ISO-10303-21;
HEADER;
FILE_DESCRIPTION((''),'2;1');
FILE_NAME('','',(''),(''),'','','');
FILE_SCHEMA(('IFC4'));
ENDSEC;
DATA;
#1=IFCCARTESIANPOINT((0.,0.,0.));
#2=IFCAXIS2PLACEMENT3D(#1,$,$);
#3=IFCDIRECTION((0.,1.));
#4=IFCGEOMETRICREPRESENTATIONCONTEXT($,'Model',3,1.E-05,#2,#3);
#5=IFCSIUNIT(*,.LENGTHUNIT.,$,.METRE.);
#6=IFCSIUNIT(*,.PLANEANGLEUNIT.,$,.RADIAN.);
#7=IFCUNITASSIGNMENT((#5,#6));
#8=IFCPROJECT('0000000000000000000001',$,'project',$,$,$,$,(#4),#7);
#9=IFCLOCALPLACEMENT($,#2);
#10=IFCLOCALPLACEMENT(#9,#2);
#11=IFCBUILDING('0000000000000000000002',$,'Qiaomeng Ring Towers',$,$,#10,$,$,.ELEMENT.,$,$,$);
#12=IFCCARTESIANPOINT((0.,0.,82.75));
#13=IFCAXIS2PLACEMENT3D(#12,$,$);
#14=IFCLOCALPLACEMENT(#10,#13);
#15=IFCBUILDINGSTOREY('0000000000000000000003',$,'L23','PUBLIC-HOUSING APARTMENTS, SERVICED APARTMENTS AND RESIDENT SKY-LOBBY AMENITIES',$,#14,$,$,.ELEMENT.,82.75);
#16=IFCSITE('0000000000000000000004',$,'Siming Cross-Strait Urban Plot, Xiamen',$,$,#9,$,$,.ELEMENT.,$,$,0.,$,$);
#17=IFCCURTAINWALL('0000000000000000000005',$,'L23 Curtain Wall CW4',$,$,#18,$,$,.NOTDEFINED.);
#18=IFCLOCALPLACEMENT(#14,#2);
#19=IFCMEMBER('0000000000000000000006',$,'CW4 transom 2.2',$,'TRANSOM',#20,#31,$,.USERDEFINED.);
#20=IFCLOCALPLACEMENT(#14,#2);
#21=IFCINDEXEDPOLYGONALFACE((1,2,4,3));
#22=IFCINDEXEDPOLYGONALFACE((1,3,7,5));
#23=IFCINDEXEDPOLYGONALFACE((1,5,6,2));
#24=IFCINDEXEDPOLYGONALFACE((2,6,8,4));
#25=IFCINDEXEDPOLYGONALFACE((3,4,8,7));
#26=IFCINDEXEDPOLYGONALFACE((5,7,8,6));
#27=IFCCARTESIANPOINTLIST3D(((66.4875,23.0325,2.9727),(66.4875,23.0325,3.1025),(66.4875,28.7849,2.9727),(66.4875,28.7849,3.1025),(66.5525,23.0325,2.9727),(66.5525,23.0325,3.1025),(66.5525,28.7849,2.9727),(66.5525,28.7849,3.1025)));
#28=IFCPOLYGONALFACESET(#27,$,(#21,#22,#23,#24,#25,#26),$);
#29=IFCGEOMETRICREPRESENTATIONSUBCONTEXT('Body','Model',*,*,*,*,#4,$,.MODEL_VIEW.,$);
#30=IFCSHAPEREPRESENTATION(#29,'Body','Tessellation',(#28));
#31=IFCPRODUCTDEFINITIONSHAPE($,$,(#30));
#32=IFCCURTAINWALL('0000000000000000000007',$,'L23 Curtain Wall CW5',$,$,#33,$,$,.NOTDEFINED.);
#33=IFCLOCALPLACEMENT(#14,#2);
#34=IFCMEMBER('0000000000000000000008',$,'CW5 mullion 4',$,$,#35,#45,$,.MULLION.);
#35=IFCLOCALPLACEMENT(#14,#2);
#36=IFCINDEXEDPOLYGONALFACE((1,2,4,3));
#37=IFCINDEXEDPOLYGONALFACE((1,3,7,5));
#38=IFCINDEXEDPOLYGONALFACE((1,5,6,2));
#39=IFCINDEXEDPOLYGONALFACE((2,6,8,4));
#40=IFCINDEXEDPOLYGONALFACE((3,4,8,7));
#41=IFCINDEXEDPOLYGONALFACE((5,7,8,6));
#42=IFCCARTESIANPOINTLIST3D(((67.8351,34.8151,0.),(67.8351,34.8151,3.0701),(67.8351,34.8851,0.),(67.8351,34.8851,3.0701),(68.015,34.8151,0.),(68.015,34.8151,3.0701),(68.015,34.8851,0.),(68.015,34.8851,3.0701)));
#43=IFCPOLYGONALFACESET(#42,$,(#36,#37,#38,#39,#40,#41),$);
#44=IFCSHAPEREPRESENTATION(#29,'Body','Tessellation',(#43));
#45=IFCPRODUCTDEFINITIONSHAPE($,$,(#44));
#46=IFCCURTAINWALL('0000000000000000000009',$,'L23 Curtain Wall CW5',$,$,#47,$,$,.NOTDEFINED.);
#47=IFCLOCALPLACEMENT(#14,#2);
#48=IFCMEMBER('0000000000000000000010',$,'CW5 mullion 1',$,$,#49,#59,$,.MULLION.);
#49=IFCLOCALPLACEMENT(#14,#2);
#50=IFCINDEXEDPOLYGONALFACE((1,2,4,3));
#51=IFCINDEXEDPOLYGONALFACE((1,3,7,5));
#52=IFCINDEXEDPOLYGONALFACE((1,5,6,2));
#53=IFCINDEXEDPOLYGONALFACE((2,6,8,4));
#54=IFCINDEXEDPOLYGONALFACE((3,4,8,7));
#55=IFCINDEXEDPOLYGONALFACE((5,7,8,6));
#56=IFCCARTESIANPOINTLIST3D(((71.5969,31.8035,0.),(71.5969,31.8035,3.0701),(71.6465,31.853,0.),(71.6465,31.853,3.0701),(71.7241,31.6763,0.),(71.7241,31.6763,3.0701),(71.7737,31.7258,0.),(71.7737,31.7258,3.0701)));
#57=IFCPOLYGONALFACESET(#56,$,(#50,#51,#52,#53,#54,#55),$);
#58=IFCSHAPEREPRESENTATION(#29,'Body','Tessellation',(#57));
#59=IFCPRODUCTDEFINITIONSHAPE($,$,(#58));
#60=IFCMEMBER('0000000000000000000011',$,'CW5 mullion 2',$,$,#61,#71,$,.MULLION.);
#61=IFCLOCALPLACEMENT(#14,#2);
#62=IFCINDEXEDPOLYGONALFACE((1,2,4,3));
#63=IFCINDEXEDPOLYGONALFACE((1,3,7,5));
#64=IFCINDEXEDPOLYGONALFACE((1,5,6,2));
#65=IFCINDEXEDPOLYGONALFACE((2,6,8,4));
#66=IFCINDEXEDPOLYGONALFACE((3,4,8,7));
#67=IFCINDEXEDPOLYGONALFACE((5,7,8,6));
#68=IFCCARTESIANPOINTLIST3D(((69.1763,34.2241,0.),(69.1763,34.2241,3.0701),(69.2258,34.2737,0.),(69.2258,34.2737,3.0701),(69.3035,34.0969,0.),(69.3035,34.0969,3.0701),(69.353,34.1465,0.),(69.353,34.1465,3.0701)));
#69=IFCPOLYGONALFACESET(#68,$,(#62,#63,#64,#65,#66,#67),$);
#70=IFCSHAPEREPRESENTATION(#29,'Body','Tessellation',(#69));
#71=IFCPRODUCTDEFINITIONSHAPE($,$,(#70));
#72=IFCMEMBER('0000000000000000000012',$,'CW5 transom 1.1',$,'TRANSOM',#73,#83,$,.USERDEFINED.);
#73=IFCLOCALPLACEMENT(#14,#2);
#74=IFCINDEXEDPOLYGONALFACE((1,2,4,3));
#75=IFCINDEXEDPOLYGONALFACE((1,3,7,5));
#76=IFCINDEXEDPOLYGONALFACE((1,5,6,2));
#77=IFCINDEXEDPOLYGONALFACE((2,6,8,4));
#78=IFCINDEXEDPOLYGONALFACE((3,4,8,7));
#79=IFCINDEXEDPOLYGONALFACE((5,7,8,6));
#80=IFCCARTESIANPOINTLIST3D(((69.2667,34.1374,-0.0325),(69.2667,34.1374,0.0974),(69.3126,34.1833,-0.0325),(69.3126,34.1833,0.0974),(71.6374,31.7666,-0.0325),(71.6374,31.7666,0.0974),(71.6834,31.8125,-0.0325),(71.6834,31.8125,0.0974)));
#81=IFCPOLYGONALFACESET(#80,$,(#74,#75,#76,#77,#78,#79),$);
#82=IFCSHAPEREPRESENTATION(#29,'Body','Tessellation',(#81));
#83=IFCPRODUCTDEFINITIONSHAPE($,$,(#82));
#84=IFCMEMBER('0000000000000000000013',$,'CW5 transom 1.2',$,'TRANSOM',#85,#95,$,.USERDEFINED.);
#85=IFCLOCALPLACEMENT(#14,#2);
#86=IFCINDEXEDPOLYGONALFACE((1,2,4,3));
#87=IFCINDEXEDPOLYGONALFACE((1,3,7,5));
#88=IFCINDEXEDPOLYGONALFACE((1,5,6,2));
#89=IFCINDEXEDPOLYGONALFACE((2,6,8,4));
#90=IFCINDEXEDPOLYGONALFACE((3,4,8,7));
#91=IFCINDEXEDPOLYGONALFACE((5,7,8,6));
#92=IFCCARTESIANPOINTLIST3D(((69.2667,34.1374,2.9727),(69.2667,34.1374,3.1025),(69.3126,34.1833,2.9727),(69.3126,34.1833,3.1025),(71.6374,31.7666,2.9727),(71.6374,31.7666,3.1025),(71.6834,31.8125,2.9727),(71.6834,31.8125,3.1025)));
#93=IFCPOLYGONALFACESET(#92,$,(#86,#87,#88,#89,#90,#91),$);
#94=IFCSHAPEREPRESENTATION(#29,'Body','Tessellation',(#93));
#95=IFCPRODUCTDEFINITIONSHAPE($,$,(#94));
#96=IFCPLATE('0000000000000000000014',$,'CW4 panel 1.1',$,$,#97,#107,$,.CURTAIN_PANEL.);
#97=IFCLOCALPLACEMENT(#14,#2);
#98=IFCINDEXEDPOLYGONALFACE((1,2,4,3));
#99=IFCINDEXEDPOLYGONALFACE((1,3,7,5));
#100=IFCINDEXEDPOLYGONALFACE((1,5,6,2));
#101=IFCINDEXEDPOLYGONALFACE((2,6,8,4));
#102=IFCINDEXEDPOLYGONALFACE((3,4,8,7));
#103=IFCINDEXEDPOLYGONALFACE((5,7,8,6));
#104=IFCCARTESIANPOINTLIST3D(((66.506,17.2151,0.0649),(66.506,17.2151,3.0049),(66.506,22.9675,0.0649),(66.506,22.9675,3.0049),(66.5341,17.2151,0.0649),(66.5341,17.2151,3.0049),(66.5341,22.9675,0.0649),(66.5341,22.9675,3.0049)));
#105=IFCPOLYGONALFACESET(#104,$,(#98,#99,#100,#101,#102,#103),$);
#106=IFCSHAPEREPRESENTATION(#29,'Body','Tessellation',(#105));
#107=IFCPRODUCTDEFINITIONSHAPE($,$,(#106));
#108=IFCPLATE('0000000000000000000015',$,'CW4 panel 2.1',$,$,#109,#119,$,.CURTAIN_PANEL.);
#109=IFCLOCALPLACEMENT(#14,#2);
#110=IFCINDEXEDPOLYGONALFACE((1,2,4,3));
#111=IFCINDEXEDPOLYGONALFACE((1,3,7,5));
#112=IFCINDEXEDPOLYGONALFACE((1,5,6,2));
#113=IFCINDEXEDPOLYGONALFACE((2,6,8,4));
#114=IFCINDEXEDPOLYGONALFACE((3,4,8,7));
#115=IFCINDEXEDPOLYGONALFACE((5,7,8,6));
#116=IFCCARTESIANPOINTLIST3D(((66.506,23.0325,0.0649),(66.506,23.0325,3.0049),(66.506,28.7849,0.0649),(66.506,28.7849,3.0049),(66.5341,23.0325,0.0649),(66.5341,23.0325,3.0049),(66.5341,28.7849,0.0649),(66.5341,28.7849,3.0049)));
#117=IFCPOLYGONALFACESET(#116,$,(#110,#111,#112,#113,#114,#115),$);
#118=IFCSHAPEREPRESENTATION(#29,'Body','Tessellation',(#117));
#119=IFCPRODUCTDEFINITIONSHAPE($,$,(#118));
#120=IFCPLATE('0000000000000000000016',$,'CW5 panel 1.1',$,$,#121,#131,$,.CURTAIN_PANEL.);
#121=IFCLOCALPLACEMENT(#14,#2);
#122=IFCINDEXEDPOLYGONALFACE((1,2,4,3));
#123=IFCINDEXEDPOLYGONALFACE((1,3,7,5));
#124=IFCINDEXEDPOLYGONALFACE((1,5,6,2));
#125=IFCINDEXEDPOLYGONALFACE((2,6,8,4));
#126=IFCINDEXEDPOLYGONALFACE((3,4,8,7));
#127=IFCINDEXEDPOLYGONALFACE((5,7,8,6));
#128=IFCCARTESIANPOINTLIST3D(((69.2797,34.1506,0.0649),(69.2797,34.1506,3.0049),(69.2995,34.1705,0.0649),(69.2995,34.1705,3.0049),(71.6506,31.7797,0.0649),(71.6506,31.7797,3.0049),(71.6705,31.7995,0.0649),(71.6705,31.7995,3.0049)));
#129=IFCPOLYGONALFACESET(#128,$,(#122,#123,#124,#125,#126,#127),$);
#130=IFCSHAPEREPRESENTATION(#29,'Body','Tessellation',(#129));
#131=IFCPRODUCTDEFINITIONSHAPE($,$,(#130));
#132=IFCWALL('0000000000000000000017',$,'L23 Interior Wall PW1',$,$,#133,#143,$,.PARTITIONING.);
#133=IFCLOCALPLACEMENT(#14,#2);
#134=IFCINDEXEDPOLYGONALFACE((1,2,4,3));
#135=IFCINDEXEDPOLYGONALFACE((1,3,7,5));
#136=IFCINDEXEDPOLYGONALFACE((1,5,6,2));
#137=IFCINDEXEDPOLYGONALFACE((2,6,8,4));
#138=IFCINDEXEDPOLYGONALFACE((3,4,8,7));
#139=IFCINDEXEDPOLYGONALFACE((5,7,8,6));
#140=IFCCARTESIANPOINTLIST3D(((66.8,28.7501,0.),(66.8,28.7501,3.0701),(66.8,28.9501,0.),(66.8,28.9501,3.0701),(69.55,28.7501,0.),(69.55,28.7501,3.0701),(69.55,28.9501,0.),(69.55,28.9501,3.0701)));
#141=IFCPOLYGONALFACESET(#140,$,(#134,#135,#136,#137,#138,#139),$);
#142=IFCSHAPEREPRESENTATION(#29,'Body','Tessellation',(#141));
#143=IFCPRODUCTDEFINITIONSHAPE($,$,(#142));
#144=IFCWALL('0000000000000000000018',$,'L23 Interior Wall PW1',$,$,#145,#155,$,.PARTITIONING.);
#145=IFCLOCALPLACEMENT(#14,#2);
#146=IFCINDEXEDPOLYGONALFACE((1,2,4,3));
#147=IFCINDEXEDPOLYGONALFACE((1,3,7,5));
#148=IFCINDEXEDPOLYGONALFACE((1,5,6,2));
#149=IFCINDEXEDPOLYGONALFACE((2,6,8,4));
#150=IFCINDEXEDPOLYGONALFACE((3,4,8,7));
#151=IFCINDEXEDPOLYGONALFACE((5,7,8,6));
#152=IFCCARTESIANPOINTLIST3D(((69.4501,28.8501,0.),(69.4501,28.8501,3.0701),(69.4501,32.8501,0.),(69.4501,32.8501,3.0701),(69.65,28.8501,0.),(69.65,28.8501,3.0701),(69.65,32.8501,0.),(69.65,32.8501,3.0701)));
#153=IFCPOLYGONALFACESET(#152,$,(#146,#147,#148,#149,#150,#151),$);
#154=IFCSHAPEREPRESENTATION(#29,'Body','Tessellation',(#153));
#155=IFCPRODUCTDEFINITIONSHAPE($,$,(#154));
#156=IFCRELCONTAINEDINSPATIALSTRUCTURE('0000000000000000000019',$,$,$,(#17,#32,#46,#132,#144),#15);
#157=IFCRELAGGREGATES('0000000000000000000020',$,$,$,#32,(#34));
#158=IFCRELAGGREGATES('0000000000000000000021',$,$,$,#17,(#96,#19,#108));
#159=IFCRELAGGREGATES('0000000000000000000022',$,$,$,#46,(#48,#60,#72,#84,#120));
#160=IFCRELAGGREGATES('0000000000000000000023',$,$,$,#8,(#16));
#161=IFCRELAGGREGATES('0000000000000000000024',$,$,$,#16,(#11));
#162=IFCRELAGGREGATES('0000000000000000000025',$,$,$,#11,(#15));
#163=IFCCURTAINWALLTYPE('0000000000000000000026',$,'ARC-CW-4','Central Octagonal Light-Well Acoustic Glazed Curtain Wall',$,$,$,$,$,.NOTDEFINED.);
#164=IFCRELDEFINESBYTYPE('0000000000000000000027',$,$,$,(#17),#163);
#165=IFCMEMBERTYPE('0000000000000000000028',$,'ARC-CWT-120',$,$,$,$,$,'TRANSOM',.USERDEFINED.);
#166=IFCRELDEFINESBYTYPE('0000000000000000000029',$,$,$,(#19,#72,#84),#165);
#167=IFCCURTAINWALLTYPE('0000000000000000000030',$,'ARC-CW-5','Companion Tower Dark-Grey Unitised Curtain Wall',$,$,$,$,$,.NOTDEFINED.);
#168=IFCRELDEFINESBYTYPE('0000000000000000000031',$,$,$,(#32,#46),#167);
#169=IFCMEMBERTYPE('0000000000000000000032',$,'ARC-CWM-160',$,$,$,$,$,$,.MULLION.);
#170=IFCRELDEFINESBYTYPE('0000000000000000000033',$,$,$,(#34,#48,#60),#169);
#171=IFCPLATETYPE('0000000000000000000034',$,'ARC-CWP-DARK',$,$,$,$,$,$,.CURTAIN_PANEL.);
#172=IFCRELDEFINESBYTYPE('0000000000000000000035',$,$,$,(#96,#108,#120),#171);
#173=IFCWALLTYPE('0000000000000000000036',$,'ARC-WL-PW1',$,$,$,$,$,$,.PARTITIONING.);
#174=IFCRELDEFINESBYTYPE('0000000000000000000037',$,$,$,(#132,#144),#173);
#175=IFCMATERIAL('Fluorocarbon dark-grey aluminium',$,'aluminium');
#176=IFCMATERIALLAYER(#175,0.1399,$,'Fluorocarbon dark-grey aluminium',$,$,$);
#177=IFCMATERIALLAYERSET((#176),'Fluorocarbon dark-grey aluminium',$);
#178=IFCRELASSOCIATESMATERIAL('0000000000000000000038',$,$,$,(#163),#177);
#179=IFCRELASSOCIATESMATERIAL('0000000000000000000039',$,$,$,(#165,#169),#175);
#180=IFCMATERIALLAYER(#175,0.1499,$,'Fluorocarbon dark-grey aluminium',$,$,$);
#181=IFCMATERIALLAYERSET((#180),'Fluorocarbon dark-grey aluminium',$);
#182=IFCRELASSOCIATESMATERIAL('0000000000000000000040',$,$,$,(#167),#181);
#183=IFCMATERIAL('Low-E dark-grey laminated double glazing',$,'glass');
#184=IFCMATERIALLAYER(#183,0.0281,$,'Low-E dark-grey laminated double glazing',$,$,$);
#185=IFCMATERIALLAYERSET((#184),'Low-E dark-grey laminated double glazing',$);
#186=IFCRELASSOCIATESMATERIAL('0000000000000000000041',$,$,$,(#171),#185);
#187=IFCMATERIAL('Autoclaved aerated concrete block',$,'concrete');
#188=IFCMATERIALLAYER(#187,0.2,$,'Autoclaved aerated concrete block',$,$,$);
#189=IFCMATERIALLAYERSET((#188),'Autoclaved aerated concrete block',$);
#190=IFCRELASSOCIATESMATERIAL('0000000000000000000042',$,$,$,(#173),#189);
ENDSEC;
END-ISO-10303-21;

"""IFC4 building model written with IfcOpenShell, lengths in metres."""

from ifc_helpers import new_model, si_unit, direction, frame, frame_2d, origin, origin_2d, place, context, subcontext, project, spatial, rectangle, extrude, source, transform, mapped, material, layer, layer_set, material_profile, profile_set, type_object, element, aggregate, save


model = new_model("IFC4")

# Units and contexts
model_context = context("Model", 3, precision=1e-05, world=origin(), true_north=direction((0.0, 1.0)))
body_context = subcontext(model_context, "Body", "Model", "MODEL_VIEW")
ifc_project = project(units=[si_unit("LENGTHUNIT", "METRE"), si_unit("PLANEANGLEUNIT", "RADIAN")], contexts=[model_context])

# Site, building, storey
site_placement = place(None, origin())
site = spatial("IfcSite", under=ifc_project, at=site_placement, Name="Siming Cross-Strait Urban Plot, Xiamen", CompositionType="ELEMENT", RefElevation=0.0)
building_placement = place(site_placement, origin())
building = spatial("IfcBuilding", under=site, at=building_placement, Name="Qiaomeng Ring Towers", CompositionType="ELEMENT")
storey_placement = place(building_placement, frame((0.0, 0.0, 82.75)))
storey = spatial("IfcBuildingStorey", under=building, at=storey_placement, Name="L23", Description="PUBLIC-HOUSING APARTMENTS, SERVICED APARTMENTS AND RESIDENT SKY-LOBBY AMENITIES", CompositionType="ELEMENT", Elevation=82.75)

# Curtain wall, member
ifc_material_1 = material(Name="Fluorocarbon dark-grey aluminium", Category="aluminium")
ifc_layer_1 = layer(ifc_material_1, 0.1399, Name="Fluorocarbon dark-grey aluminium")
ifc_layer_set_1 = layer_set([ifc_layer_1], Name="Fluorocarbon dark-grey aluminium")
curtain_wall_type_1 = type_object("IfcCurtainWallType", Name="ARC-CW-4", Description="Central Octagonal Light-Well Acoustic Glazed Curtain Wall", PredefinedType="NOTDEFINED", material=ifc_layer_set_1)
curtain_wall_1_placement = place(storey_placement, origin())
curtain_wall_1 = element("IfcCurtainWall", 1, at=curtain_wall_1_placement, inside=storey, type_object=curtain_wall_type_1, Name="L23 Curtain Wall CW4", PredefinedType="NOTDEFINED")
ifc_material_profile_1 = material_profile(ifc_material_1, rectangle(XDim=0.0649, YDim=0.1299, at=origin_2d()), Name="ALU TRAN 65x130")
ifc_profile_set_1 = profile_set([ifc_material_profile_1], Name="Fluorocarbon dark-grey aluminium")
member_type_1 = type_object("IfcMemberType", Name="ARC-CWT-120", ElementType="TRANSOM", PredefinedType="USERDEFINED", material=ifc_profile_set_1)
shared_shape_1 = source(origin(), body_context, "Body", "SweptSolid", [
    extrude(rectangle(XDim=0.0649, YDim=0.1299, at=origin_2d()), origin(), (0.0, 0.0, 1.0), 5.7524),
])
member_1_placement = place(storey_placement, frame((66.52, 23.0325, 3.0376), z_axis=(0.0, 1.0, 0.0), x_axis=(-1.0, 0.0, 0.0)))
member_1 = element("IfcMember", 2, at=member_1_placement, type_object=member_type_1, Name="CW4 transom 2.2", ObjectType="TRANSOM", PredefinedType="USERDEFINED", context=body_context, shape_type="MappedRepresentation", body=[
    mapped(shared_shape_1, transform((0.0, 0.0, 0.0), x_axis=(1.0, 0.0, 0.0), y_axis=(0.0, 1.0, 0.0), z_axis=(0.0, 0.0, 1.0), scale=1.0)),
])

# Curtain wall, member
ifc_layer_2 = layer(ifc_material_1, 0.1499, Name="Fluorocarbon dark-grey aluminium")
ifc_layer_set_2 = layer_set([ifc_layer_2], Name="Fluorocarbon dark-grey aluminium")
curtain_wall_type_2 = type_object("IfcCurtainWallType", Name="ARC-CW-5", Description="Companion Tower Dark-Grey Unitised Curtain Wall", PredefinedType="NOTDEFINED", material=ifc_layer_set_2)
curtain_wall_2_placement = place(storey_placement, origin())
curtain_wall_2 = element("IfcCurtainWall", 3, at=curtain_wall_2_placement, inside=storey, type_object=curtain_wall_type_2, Name="L23 Curtain Wall CW5", PredefinedType="NOTDEFINED")
ifc_material_profile_2 = material_profile(ifc_material_1, rectangle(XDim=0.0701, YDim=0.1799, at=origin_2d()), Name="ALU MULL 70x180")
ifc_profile_set_2 = profile_set([ifc_material_profile_2], Name="Fluorocarbon dark-grey aluminium")
member_type_2 = type_object("IfcMemberType", Name="ARC-CWM-160", PredefinedType="MULLION", material=ifc_profile_set_2)
shared_shape_2 = source(origin(), body_context, "Body", "SweptSolid", [
    extrude(rectangle(XDim=0.0701, YDim=0.1799, at=origin_2d()), origin(), (0.0, 0.0, 1.0), 3.0701),
])
member_2_placement = place(storey_placement, frame((67.925, 34.8501, 0.0), z_axis=(0.0, 0.0, 1.0), x_axis=(0.0, 1.0, 0.0)))
member_2 = element("IfcMember", 4, at=member_2_placement, type_object=member_type_2, Name="CW5 mullion 4", PredefinedType="MULLION", context=body_context, shape_type="MappedRepresentation", body=[
    mapped(shared_shape_2, transform((0.0, 0.0, 0.0), x_axis=(1.0, 0.0, 0.0), y_axis=(0.0, 1.0, 0.0), z_axis=(0.0, 0.0, 1.0), scale=1.0)),
])
aggregate(curtain_wall_2, [member_2])

# Curtain wall, members
curtain_wall_3_placement = place(storey_placement, origin())
curtain_wall_3 = element("IfcCurtainWall", 5, at=curtain_wall_3_placement, inside=storey, type_object=curtain_wall_type_2, Name="L23 Curtain Wall CW5", PredefinedType="NOTDEFINED")
member_3_placement = place(storey_placement, frame((71.6853, 31.7646, 0.0), z_axis=(0.0, 0.0, 1.0), x_axis=(-0.707107, -0.707107, 0.0)))
member_3 = element("IfcMember", 6, at=member_3_placement, type_object=member_type_2, Name="CW5 mullion 1", PredefinedType="MULLION", context=body_context, shape_type="MappedRepresentation", body=[
    mapped(shared_shape_2, transform((0.0, 0.0, 0.0), x_axis=(1.0, 0.0, 0.0), y_axis=(0.0, 1.0, 0.0), z_axis=(0.0, 0.0, 1.0), scale=1.0)),
])
member_4_placement = place(storey_placement, frame((69.2646, 34.1853, 0.0), z_axis=(0.0, 0.0, 1.0), x_axis=(-0.707107, -0.707107, 0.0)))
member_4 = element("IfcMember", 7, at=member_4_placement, type_object=member_type_2, Name="CW5 mullion 2", PredefinedType="MULLION", context=body_context, shape_type="MappedRepresentation", body=[
    mapped(shared_shape_2, transform((0.0, 0.0, 0.0), x_axis=(1.0, 0.0, 0.0), y_axis=(0.0, 1.0, 0.0), z_axis=(0.0, 0.0, 1.0), scale=1.0)),
])
shared_shape_3 = source(origin(), body_context, "Body", "SweptSolid", [
    extrude(rectangle(XDim=0.0649, YDim=0.1299, at=origin_2d()), origin(), (0.0, 0.0, 1.0), 3.3528),
])
member_5_placement = place(storey_placement, frame((71.6604, 31.7896, 0.0325), z_axis=(-0.707107, 0.707107, 0.0), x_axis=(-0.707107, -0.707107, 0.0)))
member_5 = element("IfcMember", 8, at=member_5_placement, type_object=member_type_1, Name="CW5 transom 1.1", ObjectType="TRANSOM", PredefinedType="USERDEFINED", context=body_context, shape_type="MappedRepresentation", body=[
    mapped(shared_shape_3, transform((0.0, 0.0, 0.0), x_axis=(1.0, 0.0, 0.0), y_axis=(0.0, 1.0, 0.0), z_axis=(0.0, 0.0, 1.0), scale=1.0)),
])
member_6_placement = place(storey_placement, frame((71.6604, 31.7896, 3.0376), z_axis=(-0.707107, 0.707107, 0.0), x_axis=(-0.707107, -0.707107, 0.0)))
member_6 = element("IfcMember", 9, at=member_6_placement, type_object=member_type_1, Name="CW5 transom 1.2", ObjectType="TRANSOM", PredefinedType="USERDEFINED", context=body_context, shape_type="MappedRepresentation", body=[
    mapped(shared_shape_3, transform((0.0, 0.0, 0.0), x_axis=(1.0, 0.0, 0.0), y_axis=(0.0, 1.0, 0.0), z_axis=(0.0, 0.0, 1.0), scale=1.0)),
])

# Plates
ifc_material_2 = material(Name="Low-E dark-grey laminated double glazing", Category="glass")
ifc_layer_3 = layer(ifc_material_2, 0.0281, Name="Low-E dark-grey laminated double glazing")
ifc_layer_set_3 = layer_set([ifc_layer_3], Name="Low-E dark-grey laminated double glazing")
plate_type = type_object("IfcPlateType", Name="ARC-CWP-DARK", PredefinedType="CURTAIN_PANEL", material=ifc_layer_set_3)
shared_shape_4 = source(origin(), body_context, "Body", "SweptSolid", [
    extrude(rectangle(XDim=5.7524, YDim=0.0281, at=origin_2d()), origin(), (0.0, 0.0, 1.0), 2.9399),
])
plate_1_placement = place(storey_placement, frame((66.52, 20.0913, 0.0649), z_axis=(0.0, 0.0, 1.0), x_axis=(0.0, 1.0, 0.0)))
plate_1 = element("IfcPlate", 10, at=plate_1_placement, type_object=plate_type, Name="CW4 panel 1.1", PredefinedType="CURTAIN_PANEL", context=body_context, shape_type="MappedRepresentation", body=[
    mapped(shared_shape_4, transform((0.0, 0.0, 0.0), x_axis=(1.0, 0.0, 0.0), y_axis=(0.0, 1.0, 0.0), z_axis=(0.0, 0.0, 1.0), scale=1.0)),
])
plate_2_placement = place(storey_placement, frame((66.52, 25.9087, 0.0649), z_axis=(0.0, 0.0, 1.0), x_axis=(0.0, 1.0, 0.0)))
plate_2 = element("IfcPlate", 11, at=plate_2_placement, type_object=plate_type, Name="CW4 panel 2.1", PredefinedType="CURTAIN_PANEL", context=body_context, shape_type="MappedRepresentation", body=[
    mapped(shared_shape_4, transform((0.0, 0.0, 0.0), x_axis=(1.0, 0.0, 0.0), y_axis=(0.0, 1.0, 0.0), z_axis=(0.0, 0.0, 1.0), scale=1.0)),
])
aggregate(curtain_wall_1, [plate_1, member_1, plate_2])
shared_shape_5 = source(origin(), body_context, "Body", "SweptSolid", [
    extrude(rectangle(XDim=3.353, YDim=0.0281, at=origin_2d()), origin(), (0.0, 0.0, 1.0), 2.9399),
])
plate_3_placement = place(storey_placement, frame((70.4751, 32.9751, 0.0649), z_axis=(0.0, 0.0, 1.0), x_axis=(-0.707107, 0.707107, 0.0)))
plate_3 = element("IfcPlate", 12, at=plate_3_placement, type_object=plate_type, Name="CW5 panel 1.1", PredefinedType="CURTAIN_PANEL", context=body_context, shape_type="MappedRepresentation", body=[
    mapped(shared_shape_5, transform((0.0, 0.0, 0.0), x_axis=(1.0, 0.0, 0.0), y_axis=(0.0, 1.0, 0.0), z_axis=(0.0, 0.0, 1.0), scale=1.0)),
])
aggregate(curtain_wall_3, [member_3, member_4, member_5, member_6, plate_3])

# Walls
ifc_material_3 = material(Name="Autoclaved aerated concrete block", Category="concrete")
ifc_layer_4 = layer(ifc_material_3, 0.2, Name="Autoclaved aerated concrete block")
ifc_layer_set_4 = layer_set([ifc_layer_4], Name="Autoclaved aerated concrete block")
wall_type_1 = type_object("IfcWallType", Name="ARC-WL-PW1", PredefinedType="PARTITIONING", material=ifc_layer_set_4)
wall_1_placement = place(storey_placement, frame((66.8, 28.8501, 0.0), z_axis=(0.0, 0.0, 1.0), x_axis=(1.0, 0.0, 0.0)))
element("IfcWall", 13, at=wall_1_placement, inside=storey, type_object=wall_type_1, Name="L23 Interior Wall PW1", PredefinedType="PARTITIONING", context=body_context, shape_type="SweptSolid", body=[
    extrude(rectangle(XDim=2.75, YDim=0.2, at=frame_2d((1.375, 0.0))), origin(), (0.0, 0.0, 1.0), 3.0701),
])
wall_2_placement = place(storey_placement, frame((69.55, 28.8501, 0.0), z_axis=(0.0, 0.0, 1.0), x_axis=(0.0, 1.0, 0.0)))
element("IfcWall", 14, at=wall_2_placement, inside=storey, type_object=wall_type_1, Name="L23 Interior Wall PW1", PredefinedType="PARTITIONING", context=body_context, shape_type="SweptSolid", body=[
    extrude(rectangle(XDim=4.0, YDim=0.2, at=frame_2d((2.0, 0.0))), origin(), (0.0, 0.0, 1.0), 3.0701),
])

save(model, "model.ifc")
